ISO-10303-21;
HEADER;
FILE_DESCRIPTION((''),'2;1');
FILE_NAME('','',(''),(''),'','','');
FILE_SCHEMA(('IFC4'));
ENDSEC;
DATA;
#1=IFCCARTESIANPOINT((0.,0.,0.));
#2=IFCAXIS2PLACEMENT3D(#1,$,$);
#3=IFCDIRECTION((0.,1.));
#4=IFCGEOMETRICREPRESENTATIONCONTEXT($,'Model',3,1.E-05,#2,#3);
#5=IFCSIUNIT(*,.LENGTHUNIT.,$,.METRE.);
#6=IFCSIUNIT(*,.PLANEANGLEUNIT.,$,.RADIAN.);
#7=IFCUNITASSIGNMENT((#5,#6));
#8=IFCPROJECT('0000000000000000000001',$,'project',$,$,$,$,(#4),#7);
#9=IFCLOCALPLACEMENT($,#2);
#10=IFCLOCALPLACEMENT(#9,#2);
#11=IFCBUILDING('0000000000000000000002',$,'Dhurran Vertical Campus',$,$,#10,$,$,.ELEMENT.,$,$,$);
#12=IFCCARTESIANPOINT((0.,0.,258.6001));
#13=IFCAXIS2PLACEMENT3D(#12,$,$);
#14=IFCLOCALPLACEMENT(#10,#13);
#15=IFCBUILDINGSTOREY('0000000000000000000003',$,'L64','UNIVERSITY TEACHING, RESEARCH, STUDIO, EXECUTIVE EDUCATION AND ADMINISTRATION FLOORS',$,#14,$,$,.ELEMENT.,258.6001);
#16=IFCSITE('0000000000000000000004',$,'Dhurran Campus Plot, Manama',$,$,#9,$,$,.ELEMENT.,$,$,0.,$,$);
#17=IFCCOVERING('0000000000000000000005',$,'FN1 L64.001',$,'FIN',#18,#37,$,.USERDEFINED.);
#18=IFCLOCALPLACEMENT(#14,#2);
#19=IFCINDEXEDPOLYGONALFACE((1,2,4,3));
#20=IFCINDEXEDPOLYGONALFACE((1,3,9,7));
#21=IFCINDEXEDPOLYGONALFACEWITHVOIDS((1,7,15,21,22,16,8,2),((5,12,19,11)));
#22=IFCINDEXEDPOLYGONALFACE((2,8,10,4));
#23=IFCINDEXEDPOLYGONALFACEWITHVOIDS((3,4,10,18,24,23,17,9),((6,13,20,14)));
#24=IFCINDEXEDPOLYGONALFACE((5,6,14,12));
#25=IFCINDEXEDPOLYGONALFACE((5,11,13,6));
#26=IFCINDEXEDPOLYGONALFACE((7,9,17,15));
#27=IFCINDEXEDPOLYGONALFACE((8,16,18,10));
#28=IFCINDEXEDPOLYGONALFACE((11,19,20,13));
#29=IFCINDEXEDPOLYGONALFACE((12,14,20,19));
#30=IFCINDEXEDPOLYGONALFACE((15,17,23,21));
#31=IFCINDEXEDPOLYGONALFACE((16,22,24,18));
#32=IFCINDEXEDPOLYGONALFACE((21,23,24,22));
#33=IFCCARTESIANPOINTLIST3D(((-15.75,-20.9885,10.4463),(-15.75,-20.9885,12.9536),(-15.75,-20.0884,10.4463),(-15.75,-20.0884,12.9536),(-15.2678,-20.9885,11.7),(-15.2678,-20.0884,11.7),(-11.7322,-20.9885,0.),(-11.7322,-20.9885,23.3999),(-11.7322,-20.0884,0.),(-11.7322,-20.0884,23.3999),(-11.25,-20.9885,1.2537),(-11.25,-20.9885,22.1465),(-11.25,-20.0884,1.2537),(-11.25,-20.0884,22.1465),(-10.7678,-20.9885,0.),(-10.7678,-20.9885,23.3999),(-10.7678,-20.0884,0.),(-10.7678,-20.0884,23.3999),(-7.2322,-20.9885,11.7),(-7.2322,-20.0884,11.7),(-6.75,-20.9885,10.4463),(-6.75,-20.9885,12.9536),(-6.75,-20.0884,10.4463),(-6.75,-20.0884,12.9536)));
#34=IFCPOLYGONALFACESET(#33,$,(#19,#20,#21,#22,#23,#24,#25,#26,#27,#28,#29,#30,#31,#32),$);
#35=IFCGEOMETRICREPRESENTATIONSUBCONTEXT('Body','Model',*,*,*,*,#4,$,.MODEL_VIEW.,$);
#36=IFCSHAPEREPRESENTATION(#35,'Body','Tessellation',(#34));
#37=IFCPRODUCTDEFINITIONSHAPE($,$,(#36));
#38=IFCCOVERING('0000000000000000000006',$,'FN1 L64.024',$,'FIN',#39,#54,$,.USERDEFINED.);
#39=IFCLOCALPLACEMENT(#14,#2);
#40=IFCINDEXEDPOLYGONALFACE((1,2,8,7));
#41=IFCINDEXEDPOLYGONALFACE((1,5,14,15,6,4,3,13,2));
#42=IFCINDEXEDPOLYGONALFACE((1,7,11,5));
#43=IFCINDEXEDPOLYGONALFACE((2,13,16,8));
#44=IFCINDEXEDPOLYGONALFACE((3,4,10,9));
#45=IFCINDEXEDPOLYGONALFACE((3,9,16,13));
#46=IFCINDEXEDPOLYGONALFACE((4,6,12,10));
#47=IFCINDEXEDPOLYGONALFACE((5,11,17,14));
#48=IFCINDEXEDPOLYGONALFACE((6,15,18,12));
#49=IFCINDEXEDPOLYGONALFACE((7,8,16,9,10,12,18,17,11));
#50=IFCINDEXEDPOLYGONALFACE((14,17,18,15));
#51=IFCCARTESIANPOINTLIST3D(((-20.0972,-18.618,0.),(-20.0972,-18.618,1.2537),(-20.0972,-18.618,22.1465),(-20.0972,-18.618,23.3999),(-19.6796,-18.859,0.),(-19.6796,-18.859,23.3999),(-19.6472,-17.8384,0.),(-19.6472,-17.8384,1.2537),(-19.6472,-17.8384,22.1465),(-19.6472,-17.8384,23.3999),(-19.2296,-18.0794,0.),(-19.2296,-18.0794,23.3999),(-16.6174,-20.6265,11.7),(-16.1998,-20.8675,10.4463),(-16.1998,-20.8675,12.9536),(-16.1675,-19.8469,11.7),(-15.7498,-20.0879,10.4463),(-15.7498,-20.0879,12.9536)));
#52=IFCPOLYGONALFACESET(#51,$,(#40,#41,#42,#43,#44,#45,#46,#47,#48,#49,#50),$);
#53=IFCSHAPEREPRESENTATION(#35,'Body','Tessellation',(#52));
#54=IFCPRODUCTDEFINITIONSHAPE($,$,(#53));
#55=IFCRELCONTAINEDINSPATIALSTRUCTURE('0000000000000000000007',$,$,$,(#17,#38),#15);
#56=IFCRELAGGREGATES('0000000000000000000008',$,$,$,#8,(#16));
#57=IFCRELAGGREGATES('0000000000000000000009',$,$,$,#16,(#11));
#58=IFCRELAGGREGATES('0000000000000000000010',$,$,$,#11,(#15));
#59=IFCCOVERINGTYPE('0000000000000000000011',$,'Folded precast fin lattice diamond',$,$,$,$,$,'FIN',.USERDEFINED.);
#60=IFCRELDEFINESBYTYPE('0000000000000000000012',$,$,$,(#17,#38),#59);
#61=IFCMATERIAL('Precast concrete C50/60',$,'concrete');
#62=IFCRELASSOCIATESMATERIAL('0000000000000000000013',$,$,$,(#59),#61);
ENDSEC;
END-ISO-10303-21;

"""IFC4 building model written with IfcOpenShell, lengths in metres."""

from ifc_helpers import new_model, si_unit, direction, frame, origin, place, context, subcontext, project, spatial, polyline, outline, extrude, material, type_object, element, save


model = new_model("IFC4")

# Units and contexts
model_context = context("Model", 3, precision=1e-05, world=origin(), true_north=direction((0.0, 1.0)))
body_context = subcontext(model_context, "Body", "Model", "MODEL_VIEW")
ifc_project = project(units=[si_unit("LENGTHUNIT", "METRE"), si_unit("PLANEANGLEUNIT", "RADIAN")], contexts=[model_context])

# Site, building, storey
site_placement = place(None, origin())
site = spatial("IfcSite", under=ifc_project, at=site_placement, Name="Dhurran Campus Plot, Manama", CompositionType="ELEMENT", RefElevation=0.0)
building_placement = place(site_placement, origin())
building = spatial("IfcBuilding", under=site, at=building_placement, Name="Dhurran Vertical Campus", CompositionType="ELEMENT")
storey_placement = place(building_placement, frame((0.0, 0.0, 258.6001)))
storey = spatial("IfcBuildingStorey", under=building, at=storey_placement, Name="L64", Description="UNIVERSITY TEACHING, RESEARCH, STUDIO, EXECUTIVE EDUCATION AND ADMINISTRATION FLOORS", CompositionType="ELEMENT", Elevation=258.6001)

# Coverings
ifc_material_1 = material(Name="Precast concrete C50/60", Category="concrete")
covering_type = type_object("IfcCoveringType", Name="Folded precast fin lattice diamond", ElementType="FIN", PredefinedType="USERDEFINED", material=ifc_material_1)
covering_1_placement = place(storey_placement, frame((-15.75, -20.0884, 0.0), z_axis=(0.0, -1.0, 0.0), x_axis=(1.0, 0.0, 0.0)))
element("IfcCovering", 1, at=covering_1_placement, inside=storey, type_object=covering_type, Name="FN1 L64.001", ObjectType="FIN", PredefinedType="USERDEFINED", context=body_context, shape_type="SweptSolid", body=[
    extrude(outline(polyline([(9.0, 12.9536), (9.0, 10.4463), (4.9822, 0.0), (4.0178, 0.0), (0.0, 10.4463), (0.0, 12.9536), (4.0178, 23.3999), (4.9822, 23.3999), (9.0, 12.9536)]), holes=[polyline([(8.5178, 11.7), (4.5, 22.1465), (0.4822, 11.7), (4.5, 1.2537), (8.5178, 11.7)])]), origin(), (0.0, 0.0, 1.0), 0.9001),
])
covering_2_placement = place(storey_placement, frame((-19.6472, -17.8384, 0.0), z_axis=(-0.499902, -0.866082, 0.0), x_axis=(0.866082, -0.499902, 0.0)))
element("IfcCovering", 2, at=covering_2_placement, inside=storey, type_object=covering_type, Name="FN1 L64.024", ObjectType="FIN", PredefinedType="USERDEFINED", context=body_context, shape_type="SweptSolid", body=[
    extrude(outline(polyline([(4.5, 10.4463), (0.4822, 0.0), (0.0, 0.0), (0.0, 1.2537), (4.0178, 11.7), (0.0, 22.1465), (0.0, 23.3999), (0.4822, 23.3999), (4.5, 12.9536), (4.5, 10.4463)])), origin(), (0.0, 0.0, 1.0), 0.9001),
])

save(model, "model.ifc")
